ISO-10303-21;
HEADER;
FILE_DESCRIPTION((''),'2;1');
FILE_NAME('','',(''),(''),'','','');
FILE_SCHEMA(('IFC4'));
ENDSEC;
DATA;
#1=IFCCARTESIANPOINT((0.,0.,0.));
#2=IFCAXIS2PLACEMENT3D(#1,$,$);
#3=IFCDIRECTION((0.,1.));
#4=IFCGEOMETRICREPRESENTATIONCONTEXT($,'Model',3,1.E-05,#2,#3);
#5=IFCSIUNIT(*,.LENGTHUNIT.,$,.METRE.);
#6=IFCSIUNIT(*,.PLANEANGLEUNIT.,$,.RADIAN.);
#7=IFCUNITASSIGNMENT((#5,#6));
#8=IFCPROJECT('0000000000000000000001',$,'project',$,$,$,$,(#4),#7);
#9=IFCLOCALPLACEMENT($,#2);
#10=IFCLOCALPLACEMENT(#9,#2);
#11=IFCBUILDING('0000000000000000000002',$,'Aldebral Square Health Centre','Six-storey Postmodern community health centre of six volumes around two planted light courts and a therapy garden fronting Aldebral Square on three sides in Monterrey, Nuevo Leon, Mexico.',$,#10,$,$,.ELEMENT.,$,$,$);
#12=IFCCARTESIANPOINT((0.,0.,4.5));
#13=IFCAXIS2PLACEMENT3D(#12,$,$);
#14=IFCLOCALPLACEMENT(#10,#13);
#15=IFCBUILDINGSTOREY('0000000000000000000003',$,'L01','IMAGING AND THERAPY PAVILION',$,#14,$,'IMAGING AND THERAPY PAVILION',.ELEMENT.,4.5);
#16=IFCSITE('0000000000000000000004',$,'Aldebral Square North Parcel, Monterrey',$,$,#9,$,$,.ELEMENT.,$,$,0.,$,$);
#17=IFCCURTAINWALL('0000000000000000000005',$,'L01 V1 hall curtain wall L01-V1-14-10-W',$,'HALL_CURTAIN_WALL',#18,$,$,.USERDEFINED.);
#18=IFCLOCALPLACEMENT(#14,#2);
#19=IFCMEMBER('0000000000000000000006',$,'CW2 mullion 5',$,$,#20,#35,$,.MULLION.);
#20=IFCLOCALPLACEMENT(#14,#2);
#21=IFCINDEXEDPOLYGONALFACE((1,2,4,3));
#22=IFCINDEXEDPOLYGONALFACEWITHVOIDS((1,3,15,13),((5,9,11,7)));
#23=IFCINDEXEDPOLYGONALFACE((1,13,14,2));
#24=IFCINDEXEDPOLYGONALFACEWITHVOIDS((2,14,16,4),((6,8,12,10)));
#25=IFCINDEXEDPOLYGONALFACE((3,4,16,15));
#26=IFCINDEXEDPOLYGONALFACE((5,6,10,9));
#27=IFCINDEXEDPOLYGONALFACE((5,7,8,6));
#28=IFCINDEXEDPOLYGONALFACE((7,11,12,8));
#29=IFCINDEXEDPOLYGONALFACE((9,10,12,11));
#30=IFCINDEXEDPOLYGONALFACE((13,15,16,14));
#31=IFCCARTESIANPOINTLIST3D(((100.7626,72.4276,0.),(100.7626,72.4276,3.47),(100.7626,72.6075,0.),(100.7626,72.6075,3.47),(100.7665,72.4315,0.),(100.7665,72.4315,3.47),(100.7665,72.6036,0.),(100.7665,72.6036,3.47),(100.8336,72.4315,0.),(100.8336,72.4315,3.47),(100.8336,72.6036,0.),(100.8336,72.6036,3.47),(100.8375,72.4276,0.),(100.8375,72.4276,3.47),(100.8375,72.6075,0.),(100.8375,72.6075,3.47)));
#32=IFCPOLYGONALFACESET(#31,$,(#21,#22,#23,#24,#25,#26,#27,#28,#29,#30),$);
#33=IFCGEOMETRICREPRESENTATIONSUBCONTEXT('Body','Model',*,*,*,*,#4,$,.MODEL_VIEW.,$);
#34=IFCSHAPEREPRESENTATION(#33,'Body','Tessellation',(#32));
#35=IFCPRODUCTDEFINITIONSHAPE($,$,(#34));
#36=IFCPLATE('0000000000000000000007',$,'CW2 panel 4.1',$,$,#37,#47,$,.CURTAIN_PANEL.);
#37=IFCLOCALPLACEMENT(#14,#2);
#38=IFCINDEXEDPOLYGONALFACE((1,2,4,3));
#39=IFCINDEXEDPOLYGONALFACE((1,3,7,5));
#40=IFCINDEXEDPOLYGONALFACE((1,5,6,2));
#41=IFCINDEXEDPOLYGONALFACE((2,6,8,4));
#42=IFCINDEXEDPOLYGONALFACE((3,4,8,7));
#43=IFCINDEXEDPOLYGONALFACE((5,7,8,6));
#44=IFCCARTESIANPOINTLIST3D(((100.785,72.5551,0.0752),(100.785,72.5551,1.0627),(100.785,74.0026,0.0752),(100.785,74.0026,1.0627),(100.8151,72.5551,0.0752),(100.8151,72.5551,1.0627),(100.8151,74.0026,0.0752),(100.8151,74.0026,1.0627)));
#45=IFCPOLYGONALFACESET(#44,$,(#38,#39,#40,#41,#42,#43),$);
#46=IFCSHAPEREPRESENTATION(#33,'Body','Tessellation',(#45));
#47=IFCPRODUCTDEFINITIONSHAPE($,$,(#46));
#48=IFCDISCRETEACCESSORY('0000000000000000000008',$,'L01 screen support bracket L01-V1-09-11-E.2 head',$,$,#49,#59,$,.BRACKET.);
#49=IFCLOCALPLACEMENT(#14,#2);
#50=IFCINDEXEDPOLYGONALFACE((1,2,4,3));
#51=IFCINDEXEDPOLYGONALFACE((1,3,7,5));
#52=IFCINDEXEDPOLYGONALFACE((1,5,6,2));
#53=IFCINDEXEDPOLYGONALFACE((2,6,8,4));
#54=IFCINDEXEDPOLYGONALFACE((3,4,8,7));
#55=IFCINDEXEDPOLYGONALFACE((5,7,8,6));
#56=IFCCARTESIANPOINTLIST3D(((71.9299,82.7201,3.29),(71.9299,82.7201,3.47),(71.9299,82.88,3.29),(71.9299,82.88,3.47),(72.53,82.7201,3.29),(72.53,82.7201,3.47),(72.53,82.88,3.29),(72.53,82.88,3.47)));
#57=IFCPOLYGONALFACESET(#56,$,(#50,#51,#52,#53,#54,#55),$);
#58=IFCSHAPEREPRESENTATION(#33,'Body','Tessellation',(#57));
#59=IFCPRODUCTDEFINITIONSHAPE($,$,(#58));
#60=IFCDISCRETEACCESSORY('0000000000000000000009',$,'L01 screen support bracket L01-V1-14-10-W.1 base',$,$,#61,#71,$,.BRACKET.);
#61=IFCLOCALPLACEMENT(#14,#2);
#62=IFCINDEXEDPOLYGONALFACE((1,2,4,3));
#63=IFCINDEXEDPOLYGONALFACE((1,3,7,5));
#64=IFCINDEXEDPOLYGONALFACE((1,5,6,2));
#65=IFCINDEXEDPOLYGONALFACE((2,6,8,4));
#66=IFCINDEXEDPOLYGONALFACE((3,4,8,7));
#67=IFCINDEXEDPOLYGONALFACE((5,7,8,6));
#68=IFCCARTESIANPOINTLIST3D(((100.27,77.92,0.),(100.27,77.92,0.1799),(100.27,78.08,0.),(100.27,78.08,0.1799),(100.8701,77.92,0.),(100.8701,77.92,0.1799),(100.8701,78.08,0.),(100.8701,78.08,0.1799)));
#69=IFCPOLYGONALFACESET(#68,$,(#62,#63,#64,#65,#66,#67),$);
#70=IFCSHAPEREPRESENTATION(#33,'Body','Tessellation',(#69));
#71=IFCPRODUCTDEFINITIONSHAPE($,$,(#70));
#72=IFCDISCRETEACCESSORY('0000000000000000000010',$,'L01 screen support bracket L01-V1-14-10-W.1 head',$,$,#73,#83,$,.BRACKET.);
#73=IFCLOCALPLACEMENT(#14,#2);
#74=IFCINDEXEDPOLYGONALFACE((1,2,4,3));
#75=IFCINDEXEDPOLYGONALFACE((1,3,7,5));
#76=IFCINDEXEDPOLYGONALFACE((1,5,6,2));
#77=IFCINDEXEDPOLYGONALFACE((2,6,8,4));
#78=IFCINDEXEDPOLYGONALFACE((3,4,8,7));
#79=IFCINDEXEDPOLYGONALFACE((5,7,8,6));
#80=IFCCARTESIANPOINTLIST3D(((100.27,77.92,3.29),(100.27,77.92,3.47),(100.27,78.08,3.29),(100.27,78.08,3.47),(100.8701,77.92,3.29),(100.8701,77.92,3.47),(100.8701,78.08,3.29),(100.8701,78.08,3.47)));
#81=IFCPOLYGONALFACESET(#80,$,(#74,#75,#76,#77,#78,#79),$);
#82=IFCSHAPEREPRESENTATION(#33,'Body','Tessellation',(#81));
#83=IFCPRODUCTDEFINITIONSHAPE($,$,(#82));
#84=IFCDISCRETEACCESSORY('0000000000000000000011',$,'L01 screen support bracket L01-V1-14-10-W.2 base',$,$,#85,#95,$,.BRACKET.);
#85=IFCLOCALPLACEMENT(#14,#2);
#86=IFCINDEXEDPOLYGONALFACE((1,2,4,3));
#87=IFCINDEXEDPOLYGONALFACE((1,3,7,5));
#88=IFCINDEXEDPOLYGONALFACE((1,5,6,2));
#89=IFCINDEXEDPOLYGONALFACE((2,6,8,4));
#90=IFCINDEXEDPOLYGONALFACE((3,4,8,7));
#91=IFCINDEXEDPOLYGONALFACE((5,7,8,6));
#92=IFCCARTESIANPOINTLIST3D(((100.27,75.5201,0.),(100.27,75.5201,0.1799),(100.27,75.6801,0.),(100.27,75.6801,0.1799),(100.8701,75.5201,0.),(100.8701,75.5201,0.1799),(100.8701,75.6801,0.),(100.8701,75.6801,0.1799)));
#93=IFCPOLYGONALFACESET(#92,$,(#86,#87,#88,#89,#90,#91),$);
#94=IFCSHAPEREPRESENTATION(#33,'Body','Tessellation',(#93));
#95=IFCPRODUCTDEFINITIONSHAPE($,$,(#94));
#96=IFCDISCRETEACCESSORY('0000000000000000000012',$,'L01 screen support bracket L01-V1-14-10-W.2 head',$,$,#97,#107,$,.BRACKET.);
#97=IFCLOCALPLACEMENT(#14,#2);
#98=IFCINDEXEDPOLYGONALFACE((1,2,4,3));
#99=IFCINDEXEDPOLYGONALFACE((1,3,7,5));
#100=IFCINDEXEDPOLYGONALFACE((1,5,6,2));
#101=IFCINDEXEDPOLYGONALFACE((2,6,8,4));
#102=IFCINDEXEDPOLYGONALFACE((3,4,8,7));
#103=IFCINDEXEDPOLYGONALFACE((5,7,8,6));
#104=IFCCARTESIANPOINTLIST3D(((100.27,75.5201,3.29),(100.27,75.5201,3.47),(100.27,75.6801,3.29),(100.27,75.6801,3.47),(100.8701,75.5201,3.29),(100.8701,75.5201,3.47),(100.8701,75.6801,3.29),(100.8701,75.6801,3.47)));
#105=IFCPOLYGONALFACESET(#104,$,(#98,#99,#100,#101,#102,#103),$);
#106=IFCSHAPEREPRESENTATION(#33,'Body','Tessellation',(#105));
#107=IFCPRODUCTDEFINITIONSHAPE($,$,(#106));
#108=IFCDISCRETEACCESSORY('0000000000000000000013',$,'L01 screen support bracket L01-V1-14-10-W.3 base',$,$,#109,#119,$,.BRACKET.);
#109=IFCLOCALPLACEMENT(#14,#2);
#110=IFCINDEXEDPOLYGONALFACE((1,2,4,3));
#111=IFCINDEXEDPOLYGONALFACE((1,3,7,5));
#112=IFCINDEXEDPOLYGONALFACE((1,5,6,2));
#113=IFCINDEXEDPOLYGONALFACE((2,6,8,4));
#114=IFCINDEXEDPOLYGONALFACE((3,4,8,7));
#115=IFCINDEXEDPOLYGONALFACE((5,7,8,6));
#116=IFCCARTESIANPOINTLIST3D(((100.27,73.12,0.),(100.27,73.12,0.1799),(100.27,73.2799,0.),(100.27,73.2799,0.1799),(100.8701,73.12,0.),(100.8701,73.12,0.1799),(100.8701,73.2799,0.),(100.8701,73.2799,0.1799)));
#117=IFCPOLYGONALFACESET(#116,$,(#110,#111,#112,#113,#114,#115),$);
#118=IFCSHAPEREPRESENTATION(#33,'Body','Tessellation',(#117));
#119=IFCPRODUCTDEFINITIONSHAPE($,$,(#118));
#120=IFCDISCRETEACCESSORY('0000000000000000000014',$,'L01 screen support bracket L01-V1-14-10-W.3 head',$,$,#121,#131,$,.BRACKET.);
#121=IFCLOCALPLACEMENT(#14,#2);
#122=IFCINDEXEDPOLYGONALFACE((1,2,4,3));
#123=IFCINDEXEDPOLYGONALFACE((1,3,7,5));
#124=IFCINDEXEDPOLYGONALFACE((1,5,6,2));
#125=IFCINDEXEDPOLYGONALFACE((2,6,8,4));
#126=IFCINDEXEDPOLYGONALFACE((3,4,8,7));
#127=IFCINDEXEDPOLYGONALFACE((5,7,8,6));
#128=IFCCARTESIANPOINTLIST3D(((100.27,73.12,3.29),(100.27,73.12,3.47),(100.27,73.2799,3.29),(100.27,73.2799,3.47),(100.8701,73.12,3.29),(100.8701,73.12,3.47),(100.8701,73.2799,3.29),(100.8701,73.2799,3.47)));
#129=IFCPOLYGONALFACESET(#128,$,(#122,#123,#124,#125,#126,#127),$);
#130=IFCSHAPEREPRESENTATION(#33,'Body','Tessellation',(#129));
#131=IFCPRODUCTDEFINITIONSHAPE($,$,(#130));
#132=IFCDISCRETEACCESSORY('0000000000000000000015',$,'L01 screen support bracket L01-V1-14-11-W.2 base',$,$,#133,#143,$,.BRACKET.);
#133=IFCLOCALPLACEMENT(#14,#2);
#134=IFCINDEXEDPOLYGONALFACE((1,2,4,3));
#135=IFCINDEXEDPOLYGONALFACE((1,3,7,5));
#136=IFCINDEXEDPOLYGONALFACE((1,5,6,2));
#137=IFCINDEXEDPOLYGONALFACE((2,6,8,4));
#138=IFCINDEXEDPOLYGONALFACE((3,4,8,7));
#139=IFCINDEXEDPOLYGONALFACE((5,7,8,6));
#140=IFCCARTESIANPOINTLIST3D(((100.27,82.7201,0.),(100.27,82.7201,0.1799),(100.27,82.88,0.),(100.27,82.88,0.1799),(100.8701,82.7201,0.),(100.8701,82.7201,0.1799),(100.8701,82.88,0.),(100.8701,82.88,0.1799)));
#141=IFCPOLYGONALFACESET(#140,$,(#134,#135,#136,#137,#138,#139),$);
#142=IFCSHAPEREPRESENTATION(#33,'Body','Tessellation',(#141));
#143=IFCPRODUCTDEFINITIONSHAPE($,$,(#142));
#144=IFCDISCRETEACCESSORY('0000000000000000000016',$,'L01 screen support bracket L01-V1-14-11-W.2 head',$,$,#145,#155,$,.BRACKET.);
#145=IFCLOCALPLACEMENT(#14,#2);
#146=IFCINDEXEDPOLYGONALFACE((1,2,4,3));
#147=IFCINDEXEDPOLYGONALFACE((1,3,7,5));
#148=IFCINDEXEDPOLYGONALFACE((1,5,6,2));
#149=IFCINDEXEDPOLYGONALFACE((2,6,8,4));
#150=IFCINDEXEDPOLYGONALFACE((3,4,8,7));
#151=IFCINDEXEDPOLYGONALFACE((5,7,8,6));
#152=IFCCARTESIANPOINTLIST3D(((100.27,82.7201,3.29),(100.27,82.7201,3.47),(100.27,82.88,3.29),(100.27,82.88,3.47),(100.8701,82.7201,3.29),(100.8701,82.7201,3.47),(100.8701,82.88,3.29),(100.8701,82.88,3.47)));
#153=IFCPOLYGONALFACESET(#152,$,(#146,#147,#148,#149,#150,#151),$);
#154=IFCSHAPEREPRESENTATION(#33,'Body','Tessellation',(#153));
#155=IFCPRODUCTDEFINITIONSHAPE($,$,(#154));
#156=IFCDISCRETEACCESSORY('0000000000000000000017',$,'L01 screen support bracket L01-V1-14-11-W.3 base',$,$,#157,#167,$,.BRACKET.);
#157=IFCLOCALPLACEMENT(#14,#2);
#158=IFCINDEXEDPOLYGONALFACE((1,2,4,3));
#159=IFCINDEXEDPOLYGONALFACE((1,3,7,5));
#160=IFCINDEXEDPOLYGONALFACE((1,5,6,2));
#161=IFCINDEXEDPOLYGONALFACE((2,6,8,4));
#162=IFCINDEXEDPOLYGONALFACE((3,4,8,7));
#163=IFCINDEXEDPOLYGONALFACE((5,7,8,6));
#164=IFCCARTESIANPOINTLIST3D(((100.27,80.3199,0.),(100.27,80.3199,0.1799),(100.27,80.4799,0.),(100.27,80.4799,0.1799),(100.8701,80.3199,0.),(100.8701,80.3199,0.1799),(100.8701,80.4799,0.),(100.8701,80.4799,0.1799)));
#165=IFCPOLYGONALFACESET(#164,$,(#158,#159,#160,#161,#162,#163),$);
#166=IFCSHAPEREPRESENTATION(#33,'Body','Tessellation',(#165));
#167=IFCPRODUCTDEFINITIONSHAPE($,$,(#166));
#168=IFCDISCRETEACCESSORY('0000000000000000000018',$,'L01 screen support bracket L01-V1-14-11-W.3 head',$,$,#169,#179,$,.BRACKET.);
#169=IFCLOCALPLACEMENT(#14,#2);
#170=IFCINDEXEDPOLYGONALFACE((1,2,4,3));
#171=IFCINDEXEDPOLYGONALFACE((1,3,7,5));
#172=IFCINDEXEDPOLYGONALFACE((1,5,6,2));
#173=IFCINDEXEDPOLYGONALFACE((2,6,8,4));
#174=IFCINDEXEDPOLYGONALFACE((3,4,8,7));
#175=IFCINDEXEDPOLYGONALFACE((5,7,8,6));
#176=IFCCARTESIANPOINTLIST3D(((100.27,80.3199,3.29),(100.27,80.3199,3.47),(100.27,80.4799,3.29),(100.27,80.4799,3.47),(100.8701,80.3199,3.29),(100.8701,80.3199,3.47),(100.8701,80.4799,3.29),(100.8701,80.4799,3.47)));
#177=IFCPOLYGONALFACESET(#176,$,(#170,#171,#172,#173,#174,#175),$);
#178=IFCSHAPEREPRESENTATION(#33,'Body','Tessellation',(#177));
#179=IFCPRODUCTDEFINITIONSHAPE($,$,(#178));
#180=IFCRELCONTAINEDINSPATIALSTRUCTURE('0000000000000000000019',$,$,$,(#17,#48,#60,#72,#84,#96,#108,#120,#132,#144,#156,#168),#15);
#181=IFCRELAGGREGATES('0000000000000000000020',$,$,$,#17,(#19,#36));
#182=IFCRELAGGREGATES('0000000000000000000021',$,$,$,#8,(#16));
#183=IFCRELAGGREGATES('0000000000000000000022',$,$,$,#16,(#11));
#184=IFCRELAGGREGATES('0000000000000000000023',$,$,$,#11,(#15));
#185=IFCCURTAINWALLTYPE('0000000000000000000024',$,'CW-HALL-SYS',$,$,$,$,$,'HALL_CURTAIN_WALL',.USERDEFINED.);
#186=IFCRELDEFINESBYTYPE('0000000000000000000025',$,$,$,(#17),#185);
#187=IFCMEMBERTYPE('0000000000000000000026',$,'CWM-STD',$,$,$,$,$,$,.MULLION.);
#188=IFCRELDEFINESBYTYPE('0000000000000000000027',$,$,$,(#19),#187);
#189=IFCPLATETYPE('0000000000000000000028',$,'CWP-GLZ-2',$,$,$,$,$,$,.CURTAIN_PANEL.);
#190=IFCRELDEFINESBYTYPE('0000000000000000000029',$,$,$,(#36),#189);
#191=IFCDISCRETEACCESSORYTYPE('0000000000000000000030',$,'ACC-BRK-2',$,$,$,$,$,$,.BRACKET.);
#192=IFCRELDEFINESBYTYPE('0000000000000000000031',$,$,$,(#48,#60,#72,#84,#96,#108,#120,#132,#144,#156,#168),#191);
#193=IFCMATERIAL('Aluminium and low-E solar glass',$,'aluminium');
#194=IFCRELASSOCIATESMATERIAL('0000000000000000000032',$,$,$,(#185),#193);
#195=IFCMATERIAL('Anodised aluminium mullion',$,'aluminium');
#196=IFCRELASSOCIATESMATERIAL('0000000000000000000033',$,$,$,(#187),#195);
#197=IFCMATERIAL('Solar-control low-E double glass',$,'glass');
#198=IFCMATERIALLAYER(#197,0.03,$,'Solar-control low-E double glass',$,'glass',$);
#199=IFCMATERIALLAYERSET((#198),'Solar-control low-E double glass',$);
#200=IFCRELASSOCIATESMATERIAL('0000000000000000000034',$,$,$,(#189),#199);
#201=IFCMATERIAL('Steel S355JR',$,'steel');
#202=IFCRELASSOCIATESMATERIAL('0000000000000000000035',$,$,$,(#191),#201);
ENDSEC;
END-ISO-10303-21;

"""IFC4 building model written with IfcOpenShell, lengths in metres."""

from ifc_helpers import new_model, si_unit, direction, frame, origin, origin_2d, place, context, subcontext, project, spatial, rectangle, hollow_rectangle, extrude, material, layer, layer_set, material_profile, profile_set, type_object, element, aggregate, save


model = new_model("IFC4")

# Units and contexts
model_context = context("Model", 3, precision=1e-05, world=origin(), true_north=direction((0.0, 1.0)))
body_context = subcontext(model_context, "Body", "Model", "MODEL_VIEW")
ifc_project = project(units=[si_unit("LENGTHUNIT", "METRE"), si_unit("PLANEANGLEUNIT", "RADIAN")], contexts=[model_context])

# Site, building, storey
site_placement = place(None, origin())
site = spatial("IfcSite", under=ifc_project, at=site_placement, Name="Aldebral Square North Parcel, Monterrey", CompositionType="ELEMENT", RefElevation=0.0)
building_placement = place(site_placement, origin())
building = spatial("IfcBuilding", under=site, at=building_placement, Name="Aldebral Square Health Centre", Description="Six-storey Postmodern community health centre of six volumes around two planted light courts and a therapy garden fronting Aldebral Square on three sides in Monterrey, Nuevo Leon, Mexico.", CompositionType="ELEMENT")
storey_placement = place(building_placement, frame((0.0, 0.0, 4.5)))
storey = spatial("IfcBuildingStorey", under=building, at=storey_placement, Name="L01", Description="IMAGING AND THERAPY PAVILION", LongName="IMAGING AND THERAPY PAVILION", CompositionType="ELEMENT", Elevation=4.5)

# Curtain wall, member, plate
ifc_material_1 = material(Name="Aluminium and low-E solar glass", Category="aluminium")
curtain_wall_type = type_object("IfcCurtainWallType", Name="CW-HALL-SYS", ElementType="HALL_CURTAIN_WALL", PredefinedType="USERDEFINED", material=ifc_material_1)
curtain_wall_placement = place(storey_placement, origin())
curtain_wall = element("IfcCurtainWall", 1, at=curtain_wall_placement, inside=storey, type_object=curtain_wall_type, Name="L01 V1 hall curtain wall L01-V1-14-10-W", ObjectType="HALL_CURTAIN_WALL", PredefinedType="USERDEFINED")
ifc_material_2 = material(Name="Anodised aluminium mullion", Category="aluminium")
ifc_material_profile = material_profile(ifc_material_2, hollow_rectangle(XDim=0.075, YDim=0.1799, WallThickness=0.0039, at=origin_2d()), Name="CWM 75x180x4")
ifc_profile_set = profile_set([ifc_material_profile], Name="Anodised aluminium mullion")
member_type = type_object("IfcMemberType", Name="CWM-STD", PredefinedType="MULLION", material=ifc_profile_set)
member_placement = place(storey_placement, frame((100.8, 72.5176, 0.0), z_axis=(0.0, 0.0, 1.0), x_axis=(1.0, 0.0, 0.0)))
member = element("IfcMember", 2, at=member_placement, type_object=member_type, Name="CW2 mullion 5", PredefinedType="MULLION", context=body_context, shape_type="SweptSolid", body=[
    extrude(hollow_rectangle(XDim=0.075, YDim=0.1799, WallThickness=0.0039, at=origin_2d()), origin(), (0.0, 0.0, 1.0), 3.47),
])
ifc_material_3 = material(Name="Solar-control low-E double glass", Category="glass")
ifc_layer_1 = layer(ifc_material_3, 0.03, Name="Solar-control low-E double glass", Category="glass")
ifc_layer_set_1 = layer_set([ifc_layer_1], Name="Solar-control low-E double glass")
plate_type = type_object("IfcPlateType", Name="CWP-GLZ-2", PredefinedType="CURTAIN_PANEL", material=ifc_layer_set_1)
plate_placement = place(storey_placement, frame((100.8, 73.2788, 0.0752), z_axis=(0.0, 0.0, 1.0), x_axis=(0.0, -1.0, 0.0)))
plate = element("IfcPlate", 3, at=plate_placement, type_object=plate_type, Name="CW2 panel 4.1", PredefinedType="CURTAIN_PANEL", context=body_context, shape_type="SweptSolid", body=[
    extrude(rectangle(XDim=1.4475, YDim=0.03, at=origin_2d()), origin(), (0.0, 0.0, 1.0), 0.9875),
])
aggregate(curtain_wall, [member, plate])

# Discrete accessories
ifc_material_4 = material(Name="Steel S355JR", Category="steel")
discrete_accessory_type = type_object("IfcDiscreteAccessoryType", Name="ACC-BRK-2", PredefinedType="BRACKET", material=ifc_material_4)
for number, where, z_axis, x_axis, name in (
    (4, (72.23, 82.8, 3.29), (0.0, 0.0, 1.0), (0.0, 1.0, 0.0), "L01 screen support bracket L01-V1-09-11-E.2 head"),
    (5, (100.5701, 78.0, 0.0), (0.0, 0.0, 1.0), (0.0, 1.0, 0.0), "L01 screen support bracket L01-V1-14-10-W.1 base"),
    (6, (100.5701, 78.0, 3.29), (0.0, 0.0, 1.0), (0.0, 1.0, 0.0), "L01 screen support bracket L01-V1-14-10-W.1 head"),
    (7, (100.5701, 75.6001, 0.0), (0.0, 0.0, 1.0), (0.0, 1.0, 0.0), "L01 screen support bracket L01-V1-14-10-W.2 base"),
    (8, (100.5701, 75.6001, 3.29), (0.0, 0.0, 1.0), (0.0, 1.0, 0.0), "L01 screen support bracket L01-V1-14-10-W.2 head"),
    (9, (100.5701, 73.2, 0.0), (0.0, 0.0, 1.0), (0.0, 1.0, 0.0), "L01 screen support bracket L01-V1-14-10-W.3 base"),
    (10, (100.5701, 73.2, 3.29), (0.0, 0.0, 1.0), (0.0, 1.0, 0.0), "L01 screen support bracket L01-V1-14-10-W.3 head"),
    (11, (100.5701, 82.8, 0.0), (0.0, 0.0, 1.0), (0.0, 1.0, 0.0), "L01 screen support bracket L01-V1-14-11-W.2 base"),
    (12, (100.5701, 82.8, 3.29), (0.0, 0.0, 1.0), (0.0, 1.0, 0.0), "L01 screen support bracket L01-V1-14-11-W.2 head"),
    (13, (100.5701, 80.3999, 0.0), (0.0, 0.0, 1.0), (0.0, 1.0, 0.0), "L01 screen support bracket L01-V1-14-11-W.3 base"),
    (14, (100.5701, 80.3999, 3.29), (0.0, 0.0, 1.0), (0.0, 1.0, 0.0), "L01 screen support bracket L01-V1-14-11-W.3 head"),
):
    element("IfcDiscreteAccessory", number, at=place(storey_placement, frame(where, z_axis=z_axis, x_axis=x_axis)), inside=storey, type_object=discrete_accessory_type, Name=name, PredefinedType="BRACKET", context=body_context, shape_type="SweptSolid", body=[
        extrude(rectangle(XDim=0.1599, YDim=0.6001, at=origin_2d()), origin(), (0.0, 0.0, 1.0), 0.1799),
    ])

save(model, "model.ifc")
